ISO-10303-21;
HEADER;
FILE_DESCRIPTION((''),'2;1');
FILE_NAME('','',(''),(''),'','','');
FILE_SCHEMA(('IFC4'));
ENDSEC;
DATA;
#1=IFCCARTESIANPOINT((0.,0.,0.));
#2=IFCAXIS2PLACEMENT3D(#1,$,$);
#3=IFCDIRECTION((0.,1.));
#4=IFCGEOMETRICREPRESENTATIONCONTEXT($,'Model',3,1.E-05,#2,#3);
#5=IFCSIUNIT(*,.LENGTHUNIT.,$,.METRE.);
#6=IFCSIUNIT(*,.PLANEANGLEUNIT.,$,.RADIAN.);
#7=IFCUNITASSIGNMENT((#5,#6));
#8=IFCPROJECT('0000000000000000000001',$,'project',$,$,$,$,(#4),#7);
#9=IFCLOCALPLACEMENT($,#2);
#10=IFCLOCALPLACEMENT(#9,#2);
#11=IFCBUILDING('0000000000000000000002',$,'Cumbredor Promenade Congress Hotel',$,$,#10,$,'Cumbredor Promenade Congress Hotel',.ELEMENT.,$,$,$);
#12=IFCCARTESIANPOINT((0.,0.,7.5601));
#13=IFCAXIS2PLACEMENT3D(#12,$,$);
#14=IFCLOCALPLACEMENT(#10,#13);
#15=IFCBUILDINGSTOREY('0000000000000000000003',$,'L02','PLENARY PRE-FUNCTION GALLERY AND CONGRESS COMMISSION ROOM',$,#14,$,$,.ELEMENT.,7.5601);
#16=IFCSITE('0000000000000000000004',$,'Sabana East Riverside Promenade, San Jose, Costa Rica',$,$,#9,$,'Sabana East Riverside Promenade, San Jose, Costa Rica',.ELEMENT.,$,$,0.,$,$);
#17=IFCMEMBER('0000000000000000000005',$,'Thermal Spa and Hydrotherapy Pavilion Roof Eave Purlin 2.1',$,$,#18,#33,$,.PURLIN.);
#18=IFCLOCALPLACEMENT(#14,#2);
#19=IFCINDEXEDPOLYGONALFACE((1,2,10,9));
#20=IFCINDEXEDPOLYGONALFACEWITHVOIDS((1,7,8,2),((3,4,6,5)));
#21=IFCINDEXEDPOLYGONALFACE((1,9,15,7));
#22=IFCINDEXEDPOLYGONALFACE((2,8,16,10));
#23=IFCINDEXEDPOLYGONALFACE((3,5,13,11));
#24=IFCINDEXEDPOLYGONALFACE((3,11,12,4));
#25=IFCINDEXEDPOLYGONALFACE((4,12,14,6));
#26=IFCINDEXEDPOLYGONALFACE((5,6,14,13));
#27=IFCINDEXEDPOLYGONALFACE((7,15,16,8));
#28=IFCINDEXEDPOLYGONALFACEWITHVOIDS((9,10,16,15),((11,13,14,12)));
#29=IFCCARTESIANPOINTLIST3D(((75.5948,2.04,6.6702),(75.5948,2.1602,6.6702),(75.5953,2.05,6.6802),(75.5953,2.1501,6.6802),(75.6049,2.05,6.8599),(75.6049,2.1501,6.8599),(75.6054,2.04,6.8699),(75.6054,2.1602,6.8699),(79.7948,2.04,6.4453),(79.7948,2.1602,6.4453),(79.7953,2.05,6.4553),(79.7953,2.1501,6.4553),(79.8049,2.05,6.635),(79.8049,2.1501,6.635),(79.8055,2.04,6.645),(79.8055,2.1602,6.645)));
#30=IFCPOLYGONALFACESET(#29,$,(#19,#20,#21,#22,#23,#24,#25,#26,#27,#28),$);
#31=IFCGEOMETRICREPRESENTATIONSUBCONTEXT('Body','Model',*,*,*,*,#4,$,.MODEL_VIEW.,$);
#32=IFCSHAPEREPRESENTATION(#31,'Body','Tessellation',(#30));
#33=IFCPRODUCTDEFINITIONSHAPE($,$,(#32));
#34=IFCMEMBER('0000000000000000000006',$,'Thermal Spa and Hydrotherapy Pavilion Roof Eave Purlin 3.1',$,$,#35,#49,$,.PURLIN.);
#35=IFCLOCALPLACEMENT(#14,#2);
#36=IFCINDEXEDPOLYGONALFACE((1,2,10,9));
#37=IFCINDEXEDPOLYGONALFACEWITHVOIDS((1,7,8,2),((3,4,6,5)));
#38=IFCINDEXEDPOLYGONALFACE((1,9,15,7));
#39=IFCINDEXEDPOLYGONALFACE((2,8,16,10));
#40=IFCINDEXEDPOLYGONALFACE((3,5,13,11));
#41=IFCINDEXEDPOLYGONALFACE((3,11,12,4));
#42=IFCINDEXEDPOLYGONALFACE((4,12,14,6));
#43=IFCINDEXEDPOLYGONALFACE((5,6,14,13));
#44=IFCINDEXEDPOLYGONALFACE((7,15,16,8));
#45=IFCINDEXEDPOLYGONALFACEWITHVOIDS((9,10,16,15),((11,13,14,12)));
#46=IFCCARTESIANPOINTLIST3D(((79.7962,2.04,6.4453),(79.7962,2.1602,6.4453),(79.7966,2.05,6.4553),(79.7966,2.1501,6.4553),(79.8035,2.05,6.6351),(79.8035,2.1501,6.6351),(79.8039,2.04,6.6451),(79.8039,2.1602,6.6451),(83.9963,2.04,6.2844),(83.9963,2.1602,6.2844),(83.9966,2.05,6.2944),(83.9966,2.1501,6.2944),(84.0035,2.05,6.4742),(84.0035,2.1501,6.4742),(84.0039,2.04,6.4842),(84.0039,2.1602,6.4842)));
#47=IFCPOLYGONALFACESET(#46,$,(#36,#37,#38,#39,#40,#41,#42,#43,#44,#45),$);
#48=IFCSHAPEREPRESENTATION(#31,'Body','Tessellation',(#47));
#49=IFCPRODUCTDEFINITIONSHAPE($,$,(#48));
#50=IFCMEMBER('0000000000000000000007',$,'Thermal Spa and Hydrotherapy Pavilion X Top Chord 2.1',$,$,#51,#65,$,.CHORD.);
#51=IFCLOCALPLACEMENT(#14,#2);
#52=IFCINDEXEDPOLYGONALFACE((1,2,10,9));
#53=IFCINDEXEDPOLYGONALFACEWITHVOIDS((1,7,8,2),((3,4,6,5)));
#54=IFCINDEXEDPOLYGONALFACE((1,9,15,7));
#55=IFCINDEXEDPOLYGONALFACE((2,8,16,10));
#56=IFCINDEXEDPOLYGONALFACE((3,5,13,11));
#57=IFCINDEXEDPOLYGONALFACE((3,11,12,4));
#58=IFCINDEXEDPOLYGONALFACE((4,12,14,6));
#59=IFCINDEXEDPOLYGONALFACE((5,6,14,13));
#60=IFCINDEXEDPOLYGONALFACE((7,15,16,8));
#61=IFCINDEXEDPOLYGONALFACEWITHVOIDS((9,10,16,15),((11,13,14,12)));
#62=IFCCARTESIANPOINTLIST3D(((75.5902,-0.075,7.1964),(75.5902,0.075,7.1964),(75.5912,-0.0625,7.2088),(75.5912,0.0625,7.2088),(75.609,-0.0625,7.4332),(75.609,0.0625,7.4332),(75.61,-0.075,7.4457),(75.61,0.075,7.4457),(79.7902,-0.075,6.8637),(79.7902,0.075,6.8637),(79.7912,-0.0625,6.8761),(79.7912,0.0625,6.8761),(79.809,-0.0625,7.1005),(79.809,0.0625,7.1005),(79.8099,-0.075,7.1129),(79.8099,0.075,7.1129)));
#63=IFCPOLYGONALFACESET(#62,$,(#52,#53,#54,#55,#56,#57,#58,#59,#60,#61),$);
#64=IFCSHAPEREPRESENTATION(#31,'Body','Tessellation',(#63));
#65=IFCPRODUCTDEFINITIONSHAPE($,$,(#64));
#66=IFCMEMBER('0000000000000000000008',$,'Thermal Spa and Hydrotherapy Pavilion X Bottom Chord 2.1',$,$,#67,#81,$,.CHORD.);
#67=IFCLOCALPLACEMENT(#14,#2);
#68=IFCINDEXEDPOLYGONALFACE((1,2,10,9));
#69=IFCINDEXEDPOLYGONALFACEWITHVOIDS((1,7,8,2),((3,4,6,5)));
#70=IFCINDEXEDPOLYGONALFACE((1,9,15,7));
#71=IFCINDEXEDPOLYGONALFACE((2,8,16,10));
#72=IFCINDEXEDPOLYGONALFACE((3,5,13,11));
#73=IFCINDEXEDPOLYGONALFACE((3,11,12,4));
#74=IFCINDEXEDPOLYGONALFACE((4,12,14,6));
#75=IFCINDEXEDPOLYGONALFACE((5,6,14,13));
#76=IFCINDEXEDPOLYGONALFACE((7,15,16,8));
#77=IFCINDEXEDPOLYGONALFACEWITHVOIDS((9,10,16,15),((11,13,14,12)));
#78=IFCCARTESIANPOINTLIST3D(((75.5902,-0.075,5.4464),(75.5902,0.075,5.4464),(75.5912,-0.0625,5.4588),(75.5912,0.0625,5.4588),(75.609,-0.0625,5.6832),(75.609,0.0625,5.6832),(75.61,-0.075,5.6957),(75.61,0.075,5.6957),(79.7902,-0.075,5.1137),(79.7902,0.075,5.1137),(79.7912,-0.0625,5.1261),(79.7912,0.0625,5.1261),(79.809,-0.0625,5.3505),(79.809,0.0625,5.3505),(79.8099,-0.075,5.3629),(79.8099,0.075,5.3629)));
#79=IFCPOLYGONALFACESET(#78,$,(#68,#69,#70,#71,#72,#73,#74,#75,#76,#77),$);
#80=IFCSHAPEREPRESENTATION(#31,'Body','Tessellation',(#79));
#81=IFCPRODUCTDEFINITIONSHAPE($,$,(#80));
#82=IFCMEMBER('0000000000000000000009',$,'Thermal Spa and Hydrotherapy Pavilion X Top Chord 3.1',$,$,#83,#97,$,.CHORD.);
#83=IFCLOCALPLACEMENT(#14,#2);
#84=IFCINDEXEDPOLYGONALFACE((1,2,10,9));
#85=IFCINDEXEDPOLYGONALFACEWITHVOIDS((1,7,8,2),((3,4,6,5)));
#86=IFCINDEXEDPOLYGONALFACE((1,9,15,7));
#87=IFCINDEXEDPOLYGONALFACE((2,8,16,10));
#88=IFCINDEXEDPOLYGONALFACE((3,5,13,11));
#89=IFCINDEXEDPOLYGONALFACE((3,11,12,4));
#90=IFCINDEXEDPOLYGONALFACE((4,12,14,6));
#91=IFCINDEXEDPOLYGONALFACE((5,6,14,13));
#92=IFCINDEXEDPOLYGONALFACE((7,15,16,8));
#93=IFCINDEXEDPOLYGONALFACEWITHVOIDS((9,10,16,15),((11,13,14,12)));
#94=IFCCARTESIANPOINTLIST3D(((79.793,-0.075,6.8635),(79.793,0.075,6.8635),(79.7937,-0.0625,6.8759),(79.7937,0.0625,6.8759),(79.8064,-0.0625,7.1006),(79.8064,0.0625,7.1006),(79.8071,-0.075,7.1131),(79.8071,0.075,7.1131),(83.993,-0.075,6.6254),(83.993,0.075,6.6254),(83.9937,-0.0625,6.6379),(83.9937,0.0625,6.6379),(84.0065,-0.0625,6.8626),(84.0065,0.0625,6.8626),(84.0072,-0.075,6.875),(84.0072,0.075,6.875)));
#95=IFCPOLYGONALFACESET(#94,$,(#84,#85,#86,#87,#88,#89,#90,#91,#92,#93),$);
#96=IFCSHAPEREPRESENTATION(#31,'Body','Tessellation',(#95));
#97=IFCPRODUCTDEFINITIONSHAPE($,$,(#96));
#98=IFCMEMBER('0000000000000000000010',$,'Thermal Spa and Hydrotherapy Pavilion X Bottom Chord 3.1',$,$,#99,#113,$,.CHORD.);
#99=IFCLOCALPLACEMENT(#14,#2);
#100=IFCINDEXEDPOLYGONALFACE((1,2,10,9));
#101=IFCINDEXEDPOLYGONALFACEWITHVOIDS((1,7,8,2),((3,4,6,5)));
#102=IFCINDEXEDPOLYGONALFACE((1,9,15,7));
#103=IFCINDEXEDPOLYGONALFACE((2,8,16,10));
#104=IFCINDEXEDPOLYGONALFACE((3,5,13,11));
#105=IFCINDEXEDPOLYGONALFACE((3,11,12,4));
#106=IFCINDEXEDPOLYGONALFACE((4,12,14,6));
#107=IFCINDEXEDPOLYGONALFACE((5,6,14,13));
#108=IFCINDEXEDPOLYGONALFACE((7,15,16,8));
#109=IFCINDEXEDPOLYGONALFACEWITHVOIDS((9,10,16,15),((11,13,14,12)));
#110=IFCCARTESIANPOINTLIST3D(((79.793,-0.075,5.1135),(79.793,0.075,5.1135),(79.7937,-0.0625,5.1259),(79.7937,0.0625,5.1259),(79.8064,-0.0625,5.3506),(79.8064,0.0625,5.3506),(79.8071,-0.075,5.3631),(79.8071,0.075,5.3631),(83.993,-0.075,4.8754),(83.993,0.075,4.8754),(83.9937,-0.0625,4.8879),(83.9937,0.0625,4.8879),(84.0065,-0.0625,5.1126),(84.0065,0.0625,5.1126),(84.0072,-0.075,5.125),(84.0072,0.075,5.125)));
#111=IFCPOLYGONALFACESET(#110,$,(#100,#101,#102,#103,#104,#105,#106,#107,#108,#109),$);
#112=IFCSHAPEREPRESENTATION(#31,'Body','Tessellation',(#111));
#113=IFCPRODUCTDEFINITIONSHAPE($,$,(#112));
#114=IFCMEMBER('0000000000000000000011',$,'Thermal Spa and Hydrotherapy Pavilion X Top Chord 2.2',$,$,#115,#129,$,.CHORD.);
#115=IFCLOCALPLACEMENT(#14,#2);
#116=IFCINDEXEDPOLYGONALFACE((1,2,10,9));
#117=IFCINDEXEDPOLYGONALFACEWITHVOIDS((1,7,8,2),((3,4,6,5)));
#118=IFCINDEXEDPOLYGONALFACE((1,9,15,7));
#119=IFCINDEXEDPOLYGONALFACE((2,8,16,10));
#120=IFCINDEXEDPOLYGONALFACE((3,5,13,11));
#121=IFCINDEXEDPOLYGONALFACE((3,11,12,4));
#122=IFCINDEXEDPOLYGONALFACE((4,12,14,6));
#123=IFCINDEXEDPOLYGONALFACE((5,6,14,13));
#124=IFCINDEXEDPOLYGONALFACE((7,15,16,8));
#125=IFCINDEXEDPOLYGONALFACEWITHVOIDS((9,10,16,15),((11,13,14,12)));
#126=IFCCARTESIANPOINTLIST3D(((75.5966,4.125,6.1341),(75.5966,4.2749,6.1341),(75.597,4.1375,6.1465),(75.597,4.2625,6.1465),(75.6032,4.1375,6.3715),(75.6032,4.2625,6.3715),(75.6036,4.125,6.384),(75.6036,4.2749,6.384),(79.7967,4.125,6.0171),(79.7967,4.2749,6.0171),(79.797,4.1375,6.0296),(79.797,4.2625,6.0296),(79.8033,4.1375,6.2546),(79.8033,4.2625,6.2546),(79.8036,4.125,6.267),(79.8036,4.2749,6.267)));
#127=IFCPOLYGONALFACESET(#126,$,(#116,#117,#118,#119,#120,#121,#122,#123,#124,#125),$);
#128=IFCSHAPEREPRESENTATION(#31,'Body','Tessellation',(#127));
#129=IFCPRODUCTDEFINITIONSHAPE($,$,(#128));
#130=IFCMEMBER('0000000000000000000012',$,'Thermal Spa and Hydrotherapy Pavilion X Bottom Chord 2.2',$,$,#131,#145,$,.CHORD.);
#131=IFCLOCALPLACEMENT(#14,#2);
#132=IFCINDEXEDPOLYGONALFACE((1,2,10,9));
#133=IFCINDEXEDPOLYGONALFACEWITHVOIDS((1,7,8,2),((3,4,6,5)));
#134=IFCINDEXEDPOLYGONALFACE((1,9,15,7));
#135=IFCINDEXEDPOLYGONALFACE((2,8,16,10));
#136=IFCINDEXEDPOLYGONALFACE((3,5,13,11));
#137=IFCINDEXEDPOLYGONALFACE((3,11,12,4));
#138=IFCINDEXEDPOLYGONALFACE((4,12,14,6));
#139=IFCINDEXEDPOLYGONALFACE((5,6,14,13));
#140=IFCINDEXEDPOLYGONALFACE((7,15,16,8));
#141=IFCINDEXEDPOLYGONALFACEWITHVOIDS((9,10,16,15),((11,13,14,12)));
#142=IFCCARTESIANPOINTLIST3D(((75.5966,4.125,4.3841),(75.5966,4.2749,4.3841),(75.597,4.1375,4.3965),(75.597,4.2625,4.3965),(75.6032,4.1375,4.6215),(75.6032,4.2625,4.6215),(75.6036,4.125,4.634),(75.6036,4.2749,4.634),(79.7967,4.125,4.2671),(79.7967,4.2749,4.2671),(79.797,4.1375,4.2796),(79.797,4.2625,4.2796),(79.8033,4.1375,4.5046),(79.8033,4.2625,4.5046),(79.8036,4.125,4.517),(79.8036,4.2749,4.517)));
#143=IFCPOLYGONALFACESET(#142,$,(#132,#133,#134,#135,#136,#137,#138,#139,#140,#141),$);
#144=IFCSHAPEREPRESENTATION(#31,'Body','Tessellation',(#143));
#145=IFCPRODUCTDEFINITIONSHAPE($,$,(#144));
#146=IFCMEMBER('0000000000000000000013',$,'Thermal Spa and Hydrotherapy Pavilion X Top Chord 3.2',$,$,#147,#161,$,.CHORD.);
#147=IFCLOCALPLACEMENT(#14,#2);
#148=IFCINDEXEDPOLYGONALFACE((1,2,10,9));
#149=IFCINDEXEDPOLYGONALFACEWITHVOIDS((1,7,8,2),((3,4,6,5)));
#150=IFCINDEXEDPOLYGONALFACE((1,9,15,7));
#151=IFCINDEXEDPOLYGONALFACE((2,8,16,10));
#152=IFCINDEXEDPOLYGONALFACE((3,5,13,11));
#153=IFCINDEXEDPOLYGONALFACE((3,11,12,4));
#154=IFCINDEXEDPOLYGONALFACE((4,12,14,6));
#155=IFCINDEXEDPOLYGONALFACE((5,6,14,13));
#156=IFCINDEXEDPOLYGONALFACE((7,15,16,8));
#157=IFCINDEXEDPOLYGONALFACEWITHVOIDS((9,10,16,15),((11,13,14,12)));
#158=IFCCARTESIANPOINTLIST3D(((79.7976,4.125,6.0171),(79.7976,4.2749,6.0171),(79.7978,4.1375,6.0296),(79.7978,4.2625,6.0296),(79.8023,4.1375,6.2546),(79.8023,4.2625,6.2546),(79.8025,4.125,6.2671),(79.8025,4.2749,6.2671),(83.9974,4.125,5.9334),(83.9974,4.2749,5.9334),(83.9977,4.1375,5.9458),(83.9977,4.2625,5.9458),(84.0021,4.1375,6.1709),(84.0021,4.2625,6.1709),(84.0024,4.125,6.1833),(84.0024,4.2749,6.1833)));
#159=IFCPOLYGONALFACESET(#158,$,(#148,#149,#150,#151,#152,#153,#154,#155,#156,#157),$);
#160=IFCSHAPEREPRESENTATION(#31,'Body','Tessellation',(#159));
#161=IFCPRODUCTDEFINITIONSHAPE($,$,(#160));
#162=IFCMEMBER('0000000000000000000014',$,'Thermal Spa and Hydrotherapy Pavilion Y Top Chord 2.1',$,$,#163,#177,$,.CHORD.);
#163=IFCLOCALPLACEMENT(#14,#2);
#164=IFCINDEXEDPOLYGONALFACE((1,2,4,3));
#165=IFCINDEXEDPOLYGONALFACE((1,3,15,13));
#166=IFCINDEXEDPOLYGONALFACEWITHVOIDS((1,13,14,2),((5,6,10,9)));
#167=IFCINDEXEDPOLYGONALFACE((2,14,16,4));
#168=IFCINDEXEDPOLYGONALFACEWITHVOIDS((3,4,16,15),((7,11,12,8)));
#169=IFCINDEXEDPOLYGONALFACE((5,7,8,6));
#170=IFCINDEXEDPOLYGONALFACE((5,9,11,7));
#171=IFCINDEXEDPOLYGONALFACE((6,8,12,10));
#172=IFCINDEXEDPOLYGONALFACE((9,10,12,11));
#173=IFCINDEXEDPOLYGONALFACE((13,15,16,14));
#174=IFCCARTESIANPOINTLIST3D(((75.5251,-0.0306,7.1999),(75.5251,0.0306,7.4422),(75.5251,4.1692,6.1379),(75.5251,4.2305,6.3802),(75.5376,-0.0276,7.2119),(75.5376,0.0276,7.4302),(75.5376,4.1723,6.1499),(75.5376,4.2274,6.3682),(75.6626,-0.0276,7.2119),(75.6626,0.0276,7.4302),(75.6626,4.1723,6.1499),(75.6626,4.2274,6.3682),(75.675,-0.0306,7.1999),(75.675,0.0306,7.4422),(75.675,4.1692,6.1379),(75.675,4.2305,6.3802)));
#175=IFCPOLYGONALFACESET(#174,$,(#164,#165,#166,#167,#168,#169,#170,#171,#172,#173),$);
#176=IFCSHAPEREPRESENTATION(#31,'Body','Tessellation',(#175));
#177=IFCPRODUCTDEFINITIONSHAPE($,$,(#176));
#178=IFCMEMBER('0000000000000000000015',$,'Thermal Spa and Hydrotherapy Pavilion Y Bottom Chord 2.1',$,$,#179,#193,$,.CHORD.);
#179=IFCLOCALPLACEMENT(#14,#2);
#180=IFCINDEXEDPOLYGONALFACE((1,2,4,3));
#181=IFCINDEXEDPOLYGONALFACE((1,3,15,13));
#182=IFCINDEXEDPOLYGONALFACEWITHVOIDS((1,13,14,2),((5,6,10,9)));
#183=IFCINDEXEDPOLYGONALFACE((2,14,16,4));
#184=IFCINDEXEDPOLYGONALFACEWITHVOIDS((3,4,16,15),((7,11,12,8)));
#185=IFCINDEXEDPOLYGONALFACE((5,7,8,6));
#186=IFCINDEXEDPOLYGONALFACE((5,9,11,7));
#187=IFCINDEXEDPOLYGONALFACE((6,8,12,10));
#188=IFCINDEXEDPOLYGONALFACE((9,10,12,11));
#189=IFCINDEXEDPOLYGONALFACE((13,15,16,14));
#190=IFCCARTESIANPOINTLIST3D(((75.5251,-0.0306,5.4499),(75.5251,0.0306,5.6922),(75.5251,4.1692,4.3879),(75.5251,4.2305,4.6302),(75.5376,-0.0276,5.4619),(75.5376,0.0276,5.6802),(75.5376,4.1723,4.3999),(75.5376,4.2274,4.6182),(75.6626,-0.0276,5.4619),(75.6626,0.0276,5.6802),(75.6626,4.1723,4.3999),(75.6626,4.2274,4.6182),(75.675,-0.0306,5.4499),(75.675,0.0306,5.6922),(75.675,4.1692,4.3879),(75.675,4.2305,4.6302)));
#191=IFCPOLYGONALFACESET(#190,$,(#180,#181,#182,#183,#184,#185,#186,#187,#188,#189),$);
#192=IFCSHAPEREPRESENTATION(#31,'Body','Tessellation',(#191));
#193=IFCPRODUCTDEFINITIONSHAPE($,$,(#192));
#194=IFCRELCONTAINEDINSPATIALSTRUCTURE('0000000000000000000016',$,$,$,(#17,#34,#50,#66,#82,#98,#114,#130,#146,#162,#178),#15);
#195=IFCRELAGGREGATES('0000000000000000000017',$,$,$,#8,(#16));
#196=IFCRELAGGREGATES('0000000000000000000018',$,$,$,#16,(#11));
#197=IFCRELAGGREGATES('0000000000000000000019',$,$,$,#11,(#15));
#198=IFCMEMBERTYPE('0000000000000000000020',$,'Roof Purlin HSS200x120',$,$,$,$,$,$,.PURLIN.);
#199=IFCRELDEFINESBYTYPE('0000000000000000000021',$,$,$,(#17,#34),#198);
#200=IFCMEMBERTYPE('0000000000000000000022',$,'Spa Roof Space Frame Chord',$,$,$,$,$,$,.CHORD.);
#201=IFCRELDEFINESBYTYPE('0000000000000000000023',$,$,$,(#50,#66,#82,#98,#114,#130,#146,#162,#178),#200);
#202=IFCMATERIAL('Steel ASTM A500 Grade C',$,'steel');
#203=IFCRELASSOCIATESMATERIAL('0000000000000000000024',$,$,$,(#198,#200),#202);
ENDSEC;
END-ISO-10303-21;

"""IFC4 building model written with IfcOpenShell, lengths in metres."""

from ifc_helpers import new_model, si_unit, direction, frame, origin, origin_2d, place, context, subcontext, project, spatial, hollow_rectangle, extrude, material, material_profile, profile_set, type_object, element, save


model = new_model("IFC4")

# Units and contexts
model_context = context("Model", 3, precision=1e-05, world=origin(), true_north=direction((0.0, 1.0)))
body_context = subcontext(model_context, "Body", "Model", "MODEL_VIEW")
ifc_project = project(units=[si_unit("LENGTHUNIT", "METRE"), si_unit("PLANEANGLEUNIT", "RADIAN")], contexts=[model_context])

# Site, building, storey
site_placement = place(None, origin())
site = spatial("IfcSite", under=ifc_project, at=site_placement, Name="Sabana East Riverside Promenade, San Jose, Costa Rica", LongName="Sabana East Riverside Promenade, San Jose, Costa Rica", CompositionType="ELEMENT", RefElevation=0.0)
building_placement = place(site_placement, origin())
building = spatial("IfcBuilding", under=site, at=building_placement, Name="Cumbredor Promenade Congress Hotel", LongName="Cumbredor Promenade Congress Hotel", CompositionType="ELEMENT")
storey_placement = place(building_placement, frame((0.0, 0.0, 7.5601)))
storey = spatial("IfcBuildingStorey", under=building, at=storey_placement, Name="L02", Description="PLENARY PRE-FUNCTION GALLERY AND CONGRESS COMMISSION ROOM", CompositionType="ELEMENT", Elevation=7.5601)

# Members
ifc_material_1 = material(Name="Steel ASTM A500 Grade C", Category="steel")
ifc_material_profile_1 = material_profile(ifc_material_1, hollow_rectangle(XDim=0.1201, YDim=0.2, WallThickness=0.01, at=origin_2d()), Name="HSS 200x120x10")
ifc_profile_set_1 = profile_set([ifc_material_profile_1], Name="Steel ASTM A500 Grade C")
member_type_1 = type_object("IfcMemberType", Name="Roof Purlin HSS200x120", PredefinedType="PURLIN", material=ifc_profile_set_1)
member_1_placement = place(storey_placement, frame((75.6001, 2.1001, 6.77), z_axis=(0.99857, 0.0, -0.053461), x_axis=(0.0, 1.0, 0.0)))
element("IfcMember", 1, at=member_1_placement, inside=storey, type_object=member_type_1, Name="Thermal Spa and Hydrotherapy Pavilion Roof Eave Purlin 2.1", PredefinedType="PURLIN", context=body_context, shape_type="SweptSolid", body=[
    extrude(hollow_rectangle(XDim=0.1201, YDim=0.2, WallThickness=0.01, at=origin_2d()), origin(), (0.0, 0.0, 1.0), 4.2061),
])
member_2_placement = place(storey_placement, frame((79.8, 2.1001, 6.5452), z_axis=(0.999267, 0.0, -0.038279), x_axis=(0.0, 1.0, 0.0)))
element("IfcMember", 2, at=member_2_placement, inside=storey, type_object=member_type_1, Name="Thermal Spa and Hydrotherapy Pavilion Roof Eave Purlin 3.1", PredefinedType="PURLIN", context=body_context, shape_type="SweptSolid", body=[
    extrude(hollow_rectangle(XDim=0.1201, YDim=0.2, WallThickness=0.01, at=origin_2d()), origin(), (0.0, 0.0, 1.0), 4.2031),
])
ifc_material_profile_2 = material_profile(ifc_material_1, hollow_rectangle(XDim=0.1499, YDim=0.25, WallThickness=0.0125, at=origin_2d()), Name="HSS 250x150x12.5")
ifc_profile_set_2 = profile_set([ifc_material_profile_2], Name="Steel ASTM A500 Grade C")
member_type_2 = type_object("IfcMemberType", Name="Spa Roof Space Frame Chord", PredefinedType="CHORD", material=ifc_profile_set_2)
for number, where, z_axis, x_axis, name in (
    (3, (75.6001, 0.0, 7.321), (0.996876, 0.0, -0.078983), (0.0, 1.0, 0.0), "Thermal Spa and Hydrotherapy Pavilion X Top Chord 2.1"),
    (4, (75.6001, 0.0, 5.571), (0.996876, 0.0, -0.078983), (0.0, 1.0, 0.0), "Thermal Spa and Hydrotherapy Pavilion X Bottom Chord 2.1"),
):
    element("IfcMember", number, at=place(storey_placement, frame(where, z_axis=z_axis, x_axis=x_axis)), inside=storey, type_object=member_type_2, Name=name, PredefinedType="CHORD", context=body_context, shape_type="SweptSolid", body=[
        extrude(hollow_rectangle(XDim=0.1499, YDim=0.25, WallThickness=0.0125, at=origin_2d()), origin(), (0.0, 0.0, 1.0), 4.2131),
    ])
for number, where, z_axis, x_axis, name in (
    (5, (79.8, 0.0, 6.9883), (0.998398, 0.0, -0.056585), (0.0, 1.0, 0.0), "Thermal Spa and Hydrotherapy Pavilion X Top Chord 3.1"),
    (6, (79.8, 0.0, 5.2383), (0.998398, 0.0, -0.056585), (0.0, 1.0, 0.0), "Thermal Spa and Hydrotherapy Pavilion X Bottom Chord 3.1"),
):
    element("IfcMember", number, at=place(storey_placement, frame(where, z_axis=z_axis, x_axis=x_axis)), inside=storey, type_object=member_type_2, Name=name, PredefinedType="CHORD", context=body_context, shape_type="SweptSolid", body=[
        extrude(hollow_rectangle(XDim=0.1499, YDim=0.25, WallThickness=0.0125, at=origin_2d()), origin(), (0.0, 0.0, 1.0), 4.2068),
    ])
for number, where, z_axis, x_axis, name in (
    (7, (75.6001, 4.2, 6.259), (0.999613, 0.0, -0.027833), (0.0, 1.0, 0.0), "Thermal Spa and Hydrotherapy Pavilion X Top Chord 2.2"),
    (8, (75.6001, 4.2, 4.509), (0.999613, 0.0, -0.027833), (0.0, 1.0, 0.0), "Thermal Spa and Hydrotherapy Pavilion X Bottom Chord 2.2"),
):
    element("IfcMember", number, at=place(storey_placement, frame(where, z_axis=z_axis, x_axis=x_axis)), inside=storey, type_object=member_type_2, Name=name, PredefinedType="CHORD", context=body_context, shape_type="SweptSolid", body=[
        extrude(hollow_rectangle(XDim=0.1499, YDim=0.25, WallThickness=0.0125, at=origin_2d()), origin(), (0.0, 0.0, 1.0), 4.2017),
    ])
member_3_placement = place(storey_placement, frame((79.8, 4.2, 6.1421), z_axis=(0.999801, 0.0, -0.019934), x_axis=(0.0, 1.0, 0.0)))
element("IfcMember", 9, at=member_3_placement, inside=storey, type_object=member_type_2, Name="Thermal Spa and Hydrotherapy Pavilion X Top Chord 3.2", PredefinedType="CHORD", context=body_context, shape_type="SweptSolid", body=[
    extrude(hollow_rectangle(XDim=0.1499, YDim=0.25, WallThickness=0.0125, at=origin_2d()), origin(), (0.0, 0.0, 1.0), 4.2007),
])
for number, where, z_axis, x_axis, name in (
    (10, (75.6001, 0.0, 7.321), (0.0, 0.969486, -0.245147), (-1.0, 0.0, 0.0), "Thermal Spa and Hydrotherapy Pavilion Y Top Chord 2.1"),
    (11, (75.6001, 0.0, 5.571), (0.0, 0.969486, -0.245147), (-1.0, 0.0, 0.0), "Thermal Spa and Hydrotherapy Pavilion Y Bottom Chord 2.1"),
):
    element("IfcMember", number, at=place(storey_placement, frame(where, z_axis=z_axis, x_axis=x_axis)), inside=storey, type_object=member_type_2, Name=name, PredefinedType="CHORD", context=body_context, shape_type="SweptSolid", body=[
        extrude(hollow_rectangle(XDim=0.1499, YDim=0.25, WallThickness=0.0125, at=origin_2d()), origin(), (0.0, 0.0, 1.0), 4.332),
    ])

save(model, "model.ifc")
